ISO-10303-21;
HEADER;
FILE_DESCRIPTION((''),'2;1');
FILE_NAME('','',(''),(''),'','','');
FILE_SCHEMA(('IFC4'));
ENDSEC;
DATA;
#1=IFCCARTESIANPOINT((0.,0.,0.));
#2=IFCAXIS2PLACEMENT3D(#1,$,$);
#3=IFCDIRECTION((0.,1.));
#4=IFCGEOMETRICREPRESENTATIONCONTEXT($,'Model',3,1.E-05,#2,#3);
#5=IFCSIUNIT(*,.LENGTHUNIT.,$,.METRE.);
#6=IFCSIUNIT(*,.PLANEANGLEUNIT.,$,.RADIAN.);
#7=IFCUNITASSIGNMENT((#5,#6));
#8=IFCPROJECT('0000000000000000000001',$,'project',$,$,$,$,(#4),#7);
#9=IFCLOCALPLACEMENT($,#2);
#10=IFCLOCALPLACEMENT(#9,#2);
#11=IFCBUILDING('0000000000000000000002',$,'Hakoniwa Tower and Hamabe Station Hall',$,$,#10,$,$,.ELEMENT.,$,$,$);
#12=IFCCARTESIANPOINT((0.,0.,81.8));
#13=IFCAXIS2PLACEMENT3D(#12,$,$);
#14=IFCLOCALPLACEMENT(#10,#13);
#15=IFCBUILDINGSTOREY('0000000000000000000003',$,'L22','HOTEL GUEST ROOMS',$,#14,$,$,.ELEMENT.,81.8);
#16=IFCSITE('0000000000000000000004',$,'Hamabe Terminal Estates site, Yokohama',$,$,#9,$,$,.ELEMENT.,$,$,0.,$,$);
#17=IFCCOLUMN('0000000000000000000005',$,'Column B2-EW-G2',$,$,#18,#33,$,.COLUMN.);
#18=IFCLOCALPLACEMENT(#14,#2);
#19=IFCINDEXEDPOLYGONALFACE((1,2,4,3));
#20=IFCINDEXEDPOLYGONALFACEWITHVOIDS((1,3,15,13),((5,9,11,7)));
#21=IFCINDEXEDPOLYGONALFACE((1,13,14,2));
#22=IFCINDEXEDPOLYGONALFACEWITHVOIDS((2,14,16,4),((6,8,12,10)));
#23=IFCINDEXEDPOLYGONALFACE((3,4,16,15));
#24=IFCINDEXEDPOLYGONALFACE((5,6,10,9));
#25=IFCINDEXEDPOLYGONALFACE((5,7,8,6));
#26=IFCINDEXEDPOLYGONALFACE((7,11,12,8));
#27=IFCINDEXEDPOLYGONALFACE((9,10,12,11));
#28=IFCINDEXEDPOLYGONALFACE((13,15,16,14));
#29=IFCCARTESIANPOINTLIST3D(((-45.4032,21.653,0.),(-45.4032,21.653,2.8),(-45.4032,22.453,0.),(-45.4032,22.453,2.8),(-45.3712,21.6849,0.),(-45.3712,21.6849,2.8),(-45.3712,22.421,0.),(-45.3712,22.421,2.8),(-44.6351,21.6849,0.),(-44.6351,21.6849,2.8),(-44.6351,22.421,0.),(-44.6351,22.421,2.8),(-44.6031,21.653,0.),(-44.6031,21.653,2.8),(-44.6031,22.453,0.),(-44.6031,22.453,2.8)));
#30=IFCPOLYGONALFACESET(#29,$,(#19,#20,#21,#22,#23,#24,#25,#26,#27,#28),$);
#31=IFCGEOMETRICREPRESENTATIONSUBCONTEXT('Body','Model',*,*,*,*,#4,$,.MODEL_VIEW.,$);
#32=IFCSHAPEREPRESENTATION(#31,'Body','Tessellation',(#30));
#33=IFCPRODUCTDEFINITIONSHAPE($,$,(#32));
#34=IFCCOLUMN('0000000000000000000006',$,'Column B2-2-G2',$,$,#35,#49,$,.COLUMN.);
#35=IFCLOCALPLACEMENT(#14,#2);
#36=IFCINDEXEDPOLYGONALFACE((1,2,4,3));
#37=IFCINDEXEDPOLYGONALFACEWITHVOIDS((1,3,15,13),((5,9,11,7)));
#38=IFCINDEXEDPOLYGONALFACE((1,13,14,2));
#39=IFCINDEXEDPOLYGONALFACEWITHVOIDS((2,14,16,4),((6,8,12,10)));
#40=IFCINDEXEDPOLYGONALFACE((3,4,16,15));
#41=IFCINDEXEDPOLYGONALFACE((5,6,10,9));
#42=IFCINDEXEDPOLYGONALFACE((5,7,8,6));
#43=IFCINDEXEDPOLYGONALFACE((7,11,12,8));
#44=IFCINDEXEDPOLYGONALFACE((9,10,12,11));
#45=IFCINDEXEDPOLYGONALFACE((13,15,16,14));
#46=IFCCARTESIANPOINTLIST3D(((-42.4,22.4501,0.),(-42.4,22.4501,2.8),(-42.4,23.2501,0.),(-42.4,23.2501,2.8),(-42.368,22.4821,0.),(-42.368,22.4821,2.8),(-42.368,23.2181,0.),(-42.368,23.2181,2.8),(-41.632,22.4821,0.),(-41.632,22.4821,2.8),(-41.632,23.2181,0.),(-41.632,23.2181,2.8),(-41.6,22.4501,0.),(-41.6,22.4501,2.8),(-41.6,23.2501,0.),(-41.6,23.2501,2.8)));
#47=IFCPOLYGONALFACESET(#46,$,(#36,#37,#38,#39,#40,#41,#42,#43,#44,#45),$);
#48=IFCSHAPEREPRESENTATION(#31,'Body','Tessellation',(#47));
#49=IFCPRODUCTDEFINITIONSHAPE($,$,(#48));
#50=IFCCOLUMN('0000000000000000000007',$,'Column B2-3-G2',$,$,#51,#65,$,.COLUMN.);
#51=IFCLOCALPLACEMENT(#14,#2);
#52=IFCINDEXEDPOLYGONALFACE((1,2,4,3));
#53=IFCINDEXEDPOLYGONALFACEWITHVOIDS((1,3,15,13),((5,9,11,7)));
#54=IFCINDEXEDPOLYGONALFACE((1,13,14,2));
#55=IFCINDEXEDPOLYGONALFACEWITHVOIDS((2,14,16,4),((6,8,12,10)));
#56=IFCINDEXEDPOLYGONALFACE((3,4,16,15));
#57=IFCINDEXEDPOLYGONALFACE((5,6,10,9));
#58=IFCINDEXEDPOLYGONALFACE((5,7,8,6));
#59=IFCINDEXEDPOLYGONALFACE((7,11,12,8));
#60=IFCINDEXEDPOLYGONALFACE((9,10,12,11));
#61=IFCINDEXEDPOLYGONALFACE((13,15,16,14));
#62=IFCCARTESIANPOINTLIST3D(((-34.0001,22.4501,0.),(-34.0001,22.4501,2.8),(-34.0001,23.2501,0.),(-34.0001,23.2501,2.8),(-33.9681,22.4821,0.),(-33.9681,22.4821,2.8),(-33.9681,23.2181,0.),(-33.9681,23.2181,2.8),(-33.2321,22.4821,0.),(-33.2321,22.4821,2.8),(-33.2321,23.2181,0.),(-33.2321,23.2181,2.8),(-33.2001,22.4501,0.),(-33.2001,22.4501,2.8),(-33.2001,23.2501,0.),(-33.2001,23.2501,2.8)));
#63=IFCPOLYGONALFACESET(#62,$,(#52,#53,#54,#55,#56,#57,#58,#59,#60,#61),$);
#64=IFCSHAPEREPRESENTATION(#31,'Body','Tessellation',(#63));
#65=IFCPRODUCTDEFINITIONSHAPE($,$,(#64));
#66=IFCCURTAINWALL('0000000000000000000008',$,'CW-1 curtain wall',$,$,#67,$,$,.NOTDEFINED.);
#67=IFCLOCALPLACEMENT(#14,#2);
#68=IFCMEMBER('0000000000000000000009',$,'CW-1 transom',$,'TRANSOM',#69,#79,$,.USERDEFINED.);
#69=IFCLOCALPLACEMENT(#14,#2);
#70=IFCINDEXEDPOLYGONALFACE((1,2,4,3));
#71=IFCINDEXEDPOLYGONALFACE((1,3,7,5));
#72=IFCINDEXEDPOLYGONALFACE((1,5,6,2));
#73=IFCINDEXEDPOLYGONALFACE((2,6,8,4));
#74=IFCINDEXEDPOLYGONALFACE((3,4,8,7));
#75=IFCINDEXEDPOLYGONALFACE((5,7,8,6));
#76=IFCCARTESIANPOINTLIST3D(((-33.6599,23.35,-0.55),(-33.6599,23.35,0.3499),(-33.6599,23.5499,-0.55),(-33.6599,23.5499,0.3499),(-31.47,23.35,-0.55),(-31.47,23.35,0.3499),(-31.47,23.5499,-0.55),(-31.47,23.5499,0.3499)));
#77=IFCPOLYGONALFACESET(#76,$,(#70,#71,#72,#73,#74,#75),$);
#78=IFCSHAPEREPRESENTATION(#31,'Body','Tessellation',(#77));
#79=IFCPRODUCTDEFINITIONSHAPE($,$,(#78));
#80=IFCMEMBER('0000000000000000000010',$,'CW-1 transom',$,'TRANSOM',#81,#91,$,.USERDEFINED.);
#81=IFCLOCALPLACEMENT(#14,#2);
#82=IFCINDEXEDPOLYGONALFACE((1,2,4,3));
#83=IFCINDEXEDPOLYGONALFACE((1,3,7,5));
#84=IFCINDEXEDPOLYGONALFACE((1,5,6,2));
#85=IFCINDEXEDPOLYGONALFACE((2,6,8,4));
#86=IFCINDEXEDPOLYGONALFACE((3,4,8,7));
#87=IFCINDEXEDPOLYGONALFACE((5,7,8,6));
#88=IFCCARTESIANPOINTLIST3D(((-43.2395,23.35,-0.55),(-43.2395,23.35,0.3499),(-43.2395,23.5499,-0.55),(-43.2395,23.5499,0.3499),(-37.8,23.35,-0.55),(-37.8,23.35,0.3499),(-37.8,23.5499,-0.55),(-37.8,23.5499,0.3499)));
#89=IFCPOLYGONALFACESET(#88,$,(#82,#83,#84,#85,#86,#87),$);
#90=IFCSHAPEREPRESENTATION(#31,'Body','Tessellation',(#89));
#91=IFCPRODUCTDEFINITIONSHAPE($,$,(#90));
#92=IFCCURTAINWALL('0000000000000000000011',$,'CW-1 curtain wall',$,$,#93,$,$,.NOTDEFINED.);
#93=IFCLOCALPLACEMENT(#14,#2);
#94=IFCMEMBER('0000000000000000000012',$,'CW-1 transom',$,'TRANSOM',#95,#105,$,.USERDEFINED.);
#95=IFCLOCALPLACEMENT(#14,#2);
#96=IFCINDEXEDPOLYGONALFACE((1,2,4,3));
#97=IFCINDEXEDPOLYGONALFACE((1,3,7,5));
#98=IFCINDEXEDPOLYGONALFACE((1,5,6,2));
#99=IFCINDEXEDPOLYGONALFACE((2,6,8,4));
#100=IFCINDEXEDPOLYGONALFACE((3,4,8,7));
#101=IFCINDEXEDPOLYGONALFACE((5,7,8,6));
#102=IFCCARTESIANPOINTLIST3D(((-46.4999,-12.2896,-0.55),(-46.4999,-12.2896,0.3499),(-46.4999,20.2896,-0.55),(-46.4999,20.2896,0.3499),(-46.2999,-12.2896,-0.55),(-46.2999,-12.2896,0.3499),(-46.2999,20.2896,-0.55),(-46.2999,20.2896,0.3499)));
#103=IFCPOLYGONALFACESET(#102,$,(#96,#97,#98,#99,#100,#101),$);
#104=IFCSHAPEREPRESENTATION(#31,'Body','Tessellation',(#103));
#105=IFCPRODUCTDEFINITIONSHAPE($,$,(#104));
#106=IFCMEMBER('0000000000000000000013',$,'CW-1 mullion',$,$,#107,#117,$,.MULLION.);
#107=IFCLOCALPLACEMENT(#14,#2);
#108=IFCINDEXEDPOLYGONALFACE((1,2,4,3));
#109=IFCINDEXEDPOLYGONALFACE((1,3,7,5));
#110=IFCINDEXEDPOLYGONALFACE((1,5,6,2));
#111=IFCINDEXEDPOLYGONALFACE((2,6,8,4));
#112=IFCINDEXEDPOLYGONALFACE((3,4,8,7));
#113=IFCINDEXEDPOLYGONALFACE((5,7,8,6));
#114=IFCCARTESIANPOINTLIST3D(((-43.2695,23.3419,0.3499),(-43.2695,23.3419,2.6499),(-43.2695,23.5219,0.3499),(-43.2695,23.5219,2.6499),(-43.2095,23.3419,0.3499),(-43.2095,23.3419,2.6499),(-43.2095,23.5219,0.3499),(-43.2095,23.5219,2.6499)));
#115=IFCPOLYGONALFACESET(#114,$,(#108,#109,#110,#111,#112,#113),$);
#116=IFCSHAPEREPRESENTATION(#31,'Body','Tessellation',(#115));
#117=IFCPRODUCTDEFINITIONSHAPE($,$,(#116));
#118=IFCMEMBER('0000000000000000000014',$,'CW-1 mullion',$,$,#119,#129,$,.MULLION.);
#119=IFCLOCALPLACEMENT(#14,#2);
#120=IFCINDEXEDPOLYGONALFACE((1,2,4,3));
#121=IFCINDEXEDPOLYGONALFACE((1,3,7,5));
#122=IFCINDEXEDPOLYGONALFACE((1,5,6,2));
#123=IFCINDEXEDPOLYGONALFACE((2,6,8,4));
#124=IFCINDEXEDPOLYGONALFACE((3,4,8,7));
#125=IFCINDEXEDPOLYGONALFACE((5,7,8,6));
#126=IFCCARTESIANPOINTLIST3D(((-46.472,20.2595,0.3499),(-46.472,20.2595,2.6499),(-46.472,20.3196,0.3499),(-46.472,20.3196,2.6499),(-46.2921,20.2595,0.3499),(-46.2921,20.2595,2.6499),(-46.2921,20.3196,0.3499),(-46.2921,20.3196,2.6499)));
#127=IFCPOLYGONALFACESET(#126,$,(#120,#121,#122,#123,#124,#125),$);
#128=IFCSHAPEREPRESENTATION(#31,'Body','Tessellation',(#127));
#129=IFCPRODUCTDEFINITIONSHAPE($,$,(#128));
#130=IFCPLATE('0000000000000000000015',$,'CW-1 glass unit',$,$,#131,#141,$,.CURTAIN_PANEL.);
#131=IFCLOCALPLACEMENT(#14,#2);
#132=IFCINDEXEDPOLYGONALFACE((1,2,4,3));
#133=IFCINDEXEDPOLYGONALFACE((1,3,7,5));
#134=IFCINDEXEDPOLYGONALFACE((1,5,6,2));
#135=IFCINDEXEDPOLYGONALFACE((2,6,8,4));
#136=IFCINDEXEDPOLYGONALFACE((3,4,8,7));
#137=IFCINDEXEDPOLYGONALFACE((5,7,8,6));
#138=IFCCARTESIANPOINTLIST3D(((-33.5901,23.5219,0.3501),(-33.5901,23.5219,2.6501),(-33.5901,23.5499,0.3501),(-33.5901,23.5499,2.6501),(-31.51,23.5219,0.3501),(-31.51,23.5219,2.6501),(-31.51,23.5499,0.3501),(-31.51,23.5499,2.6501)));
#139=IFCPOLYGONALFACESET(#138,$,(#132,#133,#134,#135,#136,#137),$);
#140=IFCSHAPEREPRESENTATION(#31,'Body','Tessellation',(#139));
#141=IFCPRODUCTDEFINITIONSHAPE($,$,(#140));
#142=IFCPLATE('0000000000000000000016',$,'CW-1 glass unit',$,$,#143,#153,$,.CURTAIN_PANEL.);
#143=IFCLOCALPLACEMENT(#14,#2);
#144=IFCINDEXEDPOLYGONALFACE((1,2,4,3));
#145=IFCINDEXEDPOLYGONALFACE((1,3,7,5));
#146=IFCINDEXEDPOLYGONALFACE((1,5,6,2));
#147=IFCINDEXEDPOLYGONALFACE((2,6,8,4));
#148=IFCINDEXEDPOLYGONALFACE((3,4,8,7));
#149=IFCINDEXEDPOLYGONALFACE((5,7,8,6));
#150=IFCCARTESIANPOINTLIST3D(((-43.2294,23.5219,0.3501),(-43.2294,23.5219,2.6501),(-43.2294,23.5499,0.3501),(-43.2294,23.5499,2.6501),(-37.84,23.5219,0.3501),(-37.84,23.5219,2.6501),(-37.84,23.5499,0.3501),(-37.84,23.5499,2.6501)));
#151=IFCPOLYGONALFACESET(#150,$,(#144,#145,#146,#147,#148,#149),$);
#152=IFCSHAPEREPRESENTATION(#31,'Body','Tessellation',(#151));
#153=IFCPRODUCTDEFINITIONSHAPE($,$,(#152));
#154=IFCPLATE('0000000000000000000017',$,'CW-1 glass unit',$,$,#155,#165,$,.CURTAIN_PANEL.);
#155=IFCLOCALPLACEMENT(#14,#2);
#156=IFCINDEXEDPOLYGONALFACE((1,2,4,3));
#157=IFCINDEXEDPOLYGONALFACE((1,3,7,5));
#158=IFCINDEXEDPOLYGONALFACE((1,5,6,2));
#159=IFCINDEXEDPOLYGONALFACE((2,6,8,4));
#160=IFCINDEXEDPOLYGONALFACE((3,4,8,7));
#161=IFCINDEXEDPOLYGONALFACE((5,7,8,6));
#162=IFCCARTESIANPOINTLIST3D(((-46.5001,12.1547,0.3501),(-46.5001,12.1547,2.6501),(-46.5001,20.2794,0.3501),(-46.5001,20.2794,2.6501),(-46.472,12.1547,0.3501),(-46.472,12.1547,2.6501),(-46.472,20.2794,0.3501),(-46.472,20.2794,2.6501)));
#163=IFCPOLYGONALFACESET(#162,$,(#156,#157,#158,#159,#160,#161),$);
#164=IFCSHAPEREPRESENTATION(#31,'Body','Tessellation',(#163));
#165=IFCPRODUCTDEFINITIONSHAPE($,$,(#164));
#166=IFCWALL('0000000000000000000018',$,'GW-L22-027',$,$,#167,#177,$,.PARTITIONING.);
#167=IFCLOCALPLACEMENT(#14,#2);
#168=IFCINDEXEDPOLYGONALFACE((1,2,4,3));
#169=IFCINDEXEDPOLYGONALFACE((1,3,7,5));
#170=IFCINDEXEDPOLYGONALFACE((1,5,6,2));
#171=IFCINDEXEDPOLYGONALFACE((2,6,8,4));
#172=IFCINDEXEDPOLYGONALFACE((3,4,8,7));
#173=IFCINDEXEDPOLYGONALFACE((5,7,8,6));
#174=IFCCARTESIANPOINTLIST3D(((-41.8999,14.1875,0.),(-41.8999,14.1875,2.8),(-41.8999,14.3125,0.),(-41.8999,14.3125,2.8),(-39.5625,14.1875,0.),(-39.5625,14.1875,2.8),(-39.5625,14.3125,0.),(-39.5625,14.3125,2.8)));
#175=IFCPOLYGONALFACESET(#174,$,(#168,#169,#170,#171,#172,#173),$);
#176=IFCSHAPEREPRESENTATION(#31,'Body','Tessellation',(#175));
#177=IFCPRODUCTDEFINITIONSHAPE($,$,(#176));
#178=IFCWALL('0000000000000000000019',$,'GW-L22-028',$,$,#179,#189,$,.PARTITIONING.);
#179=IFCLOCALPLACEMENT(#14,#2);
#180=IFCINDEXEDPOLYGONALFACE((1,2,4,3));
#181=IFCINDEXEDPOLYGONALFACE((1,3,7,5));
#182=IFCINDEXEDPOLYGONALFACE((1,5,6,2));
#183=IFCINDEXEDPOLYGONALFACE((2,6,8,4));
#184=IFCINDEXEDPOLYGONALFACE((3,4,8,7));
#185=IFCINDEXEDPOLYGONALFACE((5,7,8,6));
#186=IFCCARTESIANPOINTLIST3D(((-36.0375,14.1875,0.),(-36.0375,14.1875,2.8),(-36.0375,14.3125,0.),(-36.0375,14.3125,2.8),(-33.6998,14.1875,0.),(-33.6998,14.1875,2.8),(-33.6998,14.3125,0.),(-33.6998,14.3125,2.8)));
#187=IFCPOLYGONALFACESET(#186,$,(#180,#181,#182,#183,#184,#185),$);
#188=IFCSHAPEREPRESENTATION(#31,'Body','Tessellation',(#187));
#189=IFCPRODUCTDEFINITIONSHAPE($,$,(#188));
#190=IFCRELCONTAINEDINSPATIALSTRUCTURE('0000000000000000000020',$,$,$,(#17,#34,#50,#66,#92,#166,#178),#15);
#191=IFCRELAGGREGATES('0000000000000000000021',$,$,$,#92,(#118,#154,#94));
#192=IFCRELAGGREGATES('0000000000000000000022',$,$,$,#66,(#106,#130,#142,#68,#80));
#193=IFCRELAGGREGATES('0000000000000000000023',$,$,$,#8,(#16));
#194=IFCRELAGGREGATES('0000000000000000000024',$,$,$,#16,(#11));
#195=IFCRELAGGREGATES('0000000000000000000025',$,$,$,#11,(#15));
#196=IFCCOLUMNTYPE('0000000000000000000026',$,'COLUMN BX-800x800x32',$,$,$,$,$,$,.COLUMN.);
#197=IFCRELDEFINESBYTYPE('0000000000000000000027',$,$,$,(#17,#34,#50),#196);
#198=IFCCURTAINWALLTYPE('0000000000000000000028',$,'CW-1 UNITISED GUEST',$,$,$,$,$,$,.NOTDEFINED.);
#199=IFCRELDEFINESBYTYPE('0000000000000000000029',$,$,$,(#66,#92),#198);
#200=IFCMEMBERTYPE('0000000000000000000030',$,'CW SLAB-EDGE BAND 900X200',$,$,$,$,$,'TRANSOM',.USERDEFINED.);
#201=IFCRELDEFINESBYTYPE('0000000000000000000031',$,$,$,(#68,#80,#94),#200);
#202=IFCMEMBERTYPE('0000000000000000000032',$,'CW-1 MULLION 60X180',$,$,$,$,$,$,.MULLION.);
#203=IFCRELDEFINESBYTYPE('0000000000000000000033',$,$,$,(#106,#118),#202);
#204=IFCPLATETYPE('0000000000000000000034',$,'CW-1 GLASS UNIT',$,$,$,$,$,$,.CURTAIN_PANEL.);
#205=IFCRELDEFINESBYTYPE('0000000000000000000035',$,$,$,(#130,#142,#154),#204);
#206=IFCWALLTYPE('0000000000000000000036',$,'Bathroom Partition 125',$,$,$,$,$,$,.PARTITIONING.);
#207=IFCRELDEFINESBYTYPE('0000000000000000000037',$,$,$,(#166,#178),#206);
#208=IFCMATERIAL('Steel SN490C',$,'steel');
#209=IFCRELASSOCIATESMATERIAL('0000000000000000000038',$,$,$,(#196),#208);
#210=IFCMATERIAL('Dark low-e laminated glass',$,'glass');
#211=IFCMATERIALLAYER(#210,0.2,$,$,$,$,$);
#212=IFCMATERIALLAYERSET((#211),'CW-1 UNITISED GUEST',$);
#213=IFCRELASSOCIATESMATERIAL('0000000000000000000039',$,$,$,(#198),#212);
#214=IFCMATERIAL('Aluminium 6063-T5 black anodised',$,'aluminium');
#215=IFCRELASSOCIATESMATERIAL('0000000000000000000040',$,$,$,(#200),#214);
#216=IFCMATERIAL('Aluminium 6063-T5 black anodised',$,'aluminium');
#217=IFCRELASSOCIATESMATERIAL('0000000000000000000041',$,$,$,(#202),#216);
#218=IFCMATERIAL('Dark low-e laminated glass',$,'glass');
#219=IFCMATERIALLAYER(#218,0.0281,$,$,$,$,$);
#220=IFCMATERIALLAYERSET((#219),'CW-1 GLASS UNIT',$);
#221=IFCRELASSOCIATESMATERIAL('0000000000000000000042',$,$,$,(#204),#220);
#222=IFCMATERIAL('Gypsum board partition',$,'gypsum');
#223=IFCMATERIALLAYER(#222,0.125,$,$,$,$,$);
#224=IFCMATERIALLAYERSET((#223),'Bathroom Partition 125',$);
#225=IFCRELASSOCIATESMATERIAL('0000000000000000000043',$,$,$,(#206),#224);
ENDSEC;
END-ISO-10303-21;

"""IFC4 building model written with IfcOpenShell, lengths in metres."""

from ifc_helpers import new_model, si_unit, direction, frame, frame_2d, origin, origin_2d, place, context, subcontext, project, spatial, rectangle, hollow_rectangle, extrude, material, layer, layer_set, material_profile, profile_set, type_object, element, aggregate, save


model = new_model("IFC4")

# Units and contexts
model_context = context("Model", 3, precision=1e-05, world=origin(), true_north=direction((0.0, 1.0)))
body_context = subcontext(model_context, "Body", "Model", "MODEL_VIEW")
ifc_project = project(units=[si_unit("LENGTHUNIT", "METRE"), si_unit("PLANEANGLEUNIT", "RADIAN")], contexts=[model_context])

# Site, building, storey
site_placement = place(None, origin())
site = spatial("IfcSite", under=ifc_project, at=site_placement, Name="Hamabe Terminal Estates site, Yokohama", CompositionType="ELEMENT", RefElevation=0.0)
building_placement = place(site_placement, origin())
building = spatial("IfcBuilding", under=site, at=building_placement, Name="Hakoniwa Tower and Hamabe Station Hall", CompositionType="ELEMENT")
storey_placement = place(building_placement, frame((0.0, 0.0, 81.8)))
storey = spatial("IfcBuildingStorey", under=building, at=storey_placement, Name="L22", Description="HOTEL GUEST ROOMS", CompositionType="ELEMENT", Elevation=81.8)

# Columns
ifc_material_1 = material(Name="Steel SN490C", Category="steel")
ifc_material_profile_1 = material_profile(ifc_material_1, hollow_rectangle(XDim=0.8, YDim=0.8, WallThickness=0.032, at=origin_2d()), Name="BX-800x800x32")
ifc_profile_set_1 = profile_set([ifc_material_profile_1], Name="Steel SN490C")
column_type = type_object("IfcColumnType", Name="COLUMN BX-800x800x32", PredefinedType="COLUMN", material=ifc_profile_set_1)
for number, where, z_axis, x_axis, name in (
    (1, (-45.0032, 22.053, 0.0), (0.0, 0.0, 1.0), (1.0, 0.0, 0.0), "Column B2-EW-G2"),
    (2, (-42.0, 22.8501, 0.0), (0.0, 0.0, 1.0), (1.0, 0.0, 0.0), "Column B2-2-G2"),
    (3, (-33.6001, 22.8501, 0.0), (0.0, 0.0, 1.0), (1.0, 0.0, 0.0), "Column B2-3-G2"),
):
    element("IfcColumn", number, at=place(storey_placement, frame(where, z_axis=z_axis, x_axis=x_axis)), inside=storey, type_object=column_type, Name=name, PredefinedType="COLUMN", context=body_context, shape_type="SweptSolid", body=[
        extrude(hollow_rectangle(XDim=0.8, YDim=0.8, WallThickness=0.032, at=origin_2d()), origin(), (0.0, 0.0, 1.0), 2.8),
    ])

# Curtain wall, members
ifc_material_2 = material(Name="Dark low-e laminated glass", Category="glass")
ifc_layer_1 = layer(ifc_material_2, 0.2)
ifc_layer_set_1 = layer_set([ifc_layer_1], Name="CW-1 UNITISED GUEST")
curtain_wall_type = type_object("IfcCurtainWallType", Name="CW-1 UNITISED GUEST", PredefinedType="NOTDEFINED", material=ifc_layer_set_1)
curtain_wall_1_placement = place(storey_placement, origin())
curtain_wall_1 = element("IfcCurtainWall", 4, at=curtain_wall_1_placement, inside=storey, type_object=curtain_wall_type, Name="CW-1 curtain wall", PredefinedType="NOTDEFINED")
ifc_material_3 = material(Name="Aluminium 6063-T5 black anodised", Category="aluminium")
ifc_material_profile_2 = material_profile(ifc_material_3, rectangle(XDim=0.2, YDim=0.8999, at=origin_2d()), Name="CW SLAB-EDGE BAND 900X200")
ifc_profile_set_2 = profile_set([ifc_material_profile_2], Name="Aluminium 6063-T5 black anodised")
member_type_1 = type_object("IfcMemberType", Name="CW SLAB-EDGE BAND 900X200", ElementType="TRANSOM", PredefinedType="USERDEFINED", material=ifc_profile_set_2)
member_1_placement = place(storey_placement, frame((-31.47, 23.45, -0.1001), z_axis=(-1.0, 0.0, 0.0), x_axis=(0.0, -1.0, 0.0)))
member_1 = element("IfcMember", 5, at=member_1_placement, type_object=member_type_1, Name="CW-1 transom", ObjectType="TRANSOM", PredefinedType="USERDEFINED", context=body_context, shape_type="SweptSolid", body=[
    extrude(rectangle(XDim=0.2, YDim=0.8999, at=origin_2d()), origin(), (0.0, 0.0, 1.0), 2.1899),
])
member_2_placement = place(storey_placement, frame((-37.8, 23.45, -0.1001), z_axis=(-1.0, 0.0, 0.0), x_axis=(0.0, -1.0, 0.0)))
member_2 = element("IfcMember", 6, at=member_2_placement, type_object=member_type_1, Name="CW-1 transom", ObjectType="TRANSOM", PredefinedType="USERDEFINED", context=body_context, shape_type="SweptSolid", body=[
    extrude(rectangle(XDim=0.2, YDim=0.8999, at=origin_2d()), origin(), (0.0, 0.0, 1.0), 5.4395),
])

# Curtain wall, member
curtain_wall_2_placement = place(storey_placement, origin())
curtain_wall_2 = element("IfcCurtainWall", 7, at=curtain_wall_2_placement, inside=storey, type_object=curtain_wall_type, Name="CW-1 curtain wall", PredefinedType="NOTDEFINED")
member_3_placement = place(storey_placement, frame((-46.3999, 20.2896, -0.1001), z_axis=(0.0, -1.0, 0.0), x_axis=(1.0, 0.0, 0.0)))
member_3 = element("IfcMember", 8, at=member_3_placement, type_object=member_type_1, Name="CW-1 transom", ObjectType="TRANSOM", PredefinedType="USERDEFINED", context=body_context, shape_type="SweptSolid", body=[
    extrude(rectangle(XDim=0.2, YDim=0.8999, at=origin_2d()), origin(), (0.0, 0.0, 1.0), 32.5791),
])

# Members
ifc_material_4 = material(Name="Aluminium 6063-T5 black anodised", Category="aluminium")
ifc_material_profile_3 = material_profile(ifc_material_4, rectangle(XDim=0.0601, YDim=0.1799, at=origin_2d()), Name="CW-1 MULLION 60X180")
ifc_profile_set_3 = profile_set([ifc_material_profile_3], Name="Aluminium 6063-T5 black anodised")
member_type_2 = type_object("IfcMemberType", Name="CW-1 MULLION 60X180", PredefinedType="MULLION", material=ifc_profile_set_3)
member_4_placement = place(storey_placement, frame((-43.2395, 23.4319, 0.3499), z_axis=(0.0, 0.0, 1.0), x_axis=(-1.0, 0.0, 0.0)))
member_4 = element("IfcMember", 9, at=member_4_placement, type_object=member_type_2, Name="CW-1 mullion", PredefinedType="MULLION", context=body_context, shape_type="SweptSolid", body=[
    extrude(rectangle(XDim=0.0601, YDim=0.1799, at=origin_2d()), origin(), (0.0, 0.0, 1.0), 2.3),
])
member_5_placement = place(storey_placement, frame((-46.3821, 20.2896, 0.3499), z_axis=(0.0, 0.0, 1.0), x_axis=(0.0, -1.0, 0.0)))
member_5 = element("IfcMember", 10, at=member_5_placement, type_object=member_type_2, Name="CW-1 mullion", PredefinedType="MULLION", context=body_context, shape_type="SweptSolid", body=[
    extrude(rectangle(XDim=0.0601, YDim=0.1799, at=origin_2d()), origin(), (0.0, 0.0, 1.0), 2.3),
])

# Plates
ifc_material_5 = material(Name="Dark low-e laminated glass", Category="glass")
ifc_layer_2 = layer(ifc_material_5, 0.0281)
ifc_layer_set_2 = layer_set([ifc_layer_2], Name="CW-1 GLASS UNIT")
plate_type = type_object("IfcPlateType", Name="CW-1 GLASS UNIT", PredefinedType="CURTAIN_PANEL", material=ifc_layer_set_2)
plate_1_placement = place(storey_placement, frame((-32.55, 23.5359, 0.3501), z_axis=(0.0, 0.0, 1.0), x_axis=(-1.0, 0.0, 0.0)))
plate_1 = element("IfcPlate", 11, at=plate_1_placement, type_object=plate_type, Name="CW-1 glass unit", PredefinedType="CURTAIN_PANEL", context=body_context, shape_type="SweptSolid", body=[
    extrude(rectangle(XDim=2.0801, YDim=0.0281, at=origin_2d()), origin(), (0.0, 0.0, 1.0), 2.3),
])
plate_2_placement = place(storey_placement, frame((-40.5347, 23.5359, 0.3501), z_axis=(0.0, 0.0, 1.0), x_axis=(-1.0, 0.0, 0.0)))
plate_2 = element("IfcPlate", 12, at=plate_2_placement, type_object=plate_type, Name="CW-1 glass unit", PredefinedType="CURTAIN_PANEL", context=body_context, shape_type="SweptSolid", body=[
    extrude(rectangle(XDim=5.3894, YDim=0.0281, at=origin_2d()), origin(), (0.0, 0.0, 1.0), 2.3),
])
plate_3_placement = place(storey_placement, frame((-46.4861, 16.217, 0.3501), z_axis=(0.0, 0.0, 1.0), x_axis=(0.0, -1.0, 0.0)))
plate_3 = element("IfcPlate", 13, at=plate_3_placement, type_object=plate_type, Name="CW-1 glass unit", PredefinedType="CURTAIN_PANEL", context=body_context, shape_type="SweptSolid", body=[
    extrude(rectangle(XDim=8.1248, YDim=0.0281, at=origin_2d()), origin(), (0.0, 0.0, 1.0), 2.3),
])
aggregate(curtain_wall_2, [member_5, plate_3, member_3])

# Walls
ifc_material_6 = material(Name="Gypsum board partition", Category="gypsum")
ifc_layer_3 = layer(ifc_material_6, 0.125)
ifc_layer_set_3 = layer_set([ifc_layer_3], Name="Bathroom Partition 125")
wall_type_1 = type_object("IfcWallType", Name="Bathroom Partition 125", PredefinedType="PARTITIONING", material=ifc_layer_set_3)
wall_1_placement = place(storey_placement, frame((-41.8999, 14.25, 0.0), z_axis=(0.0, 0.0, 1.0), x_axis=(1.0, 0.0, 0.0)))
element("IfcWall", 14, at=wall_1_placement, inside=storey, type_object=wall_type_1, Name="GW-L22-027", PredefinedType="PARTITIONING", context=body_context, shape_type="SweptSolid", body=[
    extrude(rectangle(XDim=2.3374, YDim=0.125, at=frame_2d((1.1687, 0.0))), origin(), (0.0, 0.0, 1.0), 2.8),
])
wall_2_placement = place(storey_placement, frame((-36.0376, 14.25, 0.0), z_axis=(0.0, 0.0, 1.0), x_axis=(1.0, 0.0, 0.0)))
element("IfcWall", 15, at=wall_2_placement, inside=storey, type_object=wall_type_1, Name="GW-L22-028", PredefinedType="PARTITIONING", context=body_context, shape_type="SweptSolid", body=[
    extrude(rectangle(XDim=2.3376, YDim=0.125, at=frame_2d((1.1689, 0.0))), origin(), (0.0, 0.0, 1.0), 2.8),
])

aggregate(curtain_wall_1, [member_4, plate_1, plate_2, member_1, member_2])

save(model, "model.ifc")
